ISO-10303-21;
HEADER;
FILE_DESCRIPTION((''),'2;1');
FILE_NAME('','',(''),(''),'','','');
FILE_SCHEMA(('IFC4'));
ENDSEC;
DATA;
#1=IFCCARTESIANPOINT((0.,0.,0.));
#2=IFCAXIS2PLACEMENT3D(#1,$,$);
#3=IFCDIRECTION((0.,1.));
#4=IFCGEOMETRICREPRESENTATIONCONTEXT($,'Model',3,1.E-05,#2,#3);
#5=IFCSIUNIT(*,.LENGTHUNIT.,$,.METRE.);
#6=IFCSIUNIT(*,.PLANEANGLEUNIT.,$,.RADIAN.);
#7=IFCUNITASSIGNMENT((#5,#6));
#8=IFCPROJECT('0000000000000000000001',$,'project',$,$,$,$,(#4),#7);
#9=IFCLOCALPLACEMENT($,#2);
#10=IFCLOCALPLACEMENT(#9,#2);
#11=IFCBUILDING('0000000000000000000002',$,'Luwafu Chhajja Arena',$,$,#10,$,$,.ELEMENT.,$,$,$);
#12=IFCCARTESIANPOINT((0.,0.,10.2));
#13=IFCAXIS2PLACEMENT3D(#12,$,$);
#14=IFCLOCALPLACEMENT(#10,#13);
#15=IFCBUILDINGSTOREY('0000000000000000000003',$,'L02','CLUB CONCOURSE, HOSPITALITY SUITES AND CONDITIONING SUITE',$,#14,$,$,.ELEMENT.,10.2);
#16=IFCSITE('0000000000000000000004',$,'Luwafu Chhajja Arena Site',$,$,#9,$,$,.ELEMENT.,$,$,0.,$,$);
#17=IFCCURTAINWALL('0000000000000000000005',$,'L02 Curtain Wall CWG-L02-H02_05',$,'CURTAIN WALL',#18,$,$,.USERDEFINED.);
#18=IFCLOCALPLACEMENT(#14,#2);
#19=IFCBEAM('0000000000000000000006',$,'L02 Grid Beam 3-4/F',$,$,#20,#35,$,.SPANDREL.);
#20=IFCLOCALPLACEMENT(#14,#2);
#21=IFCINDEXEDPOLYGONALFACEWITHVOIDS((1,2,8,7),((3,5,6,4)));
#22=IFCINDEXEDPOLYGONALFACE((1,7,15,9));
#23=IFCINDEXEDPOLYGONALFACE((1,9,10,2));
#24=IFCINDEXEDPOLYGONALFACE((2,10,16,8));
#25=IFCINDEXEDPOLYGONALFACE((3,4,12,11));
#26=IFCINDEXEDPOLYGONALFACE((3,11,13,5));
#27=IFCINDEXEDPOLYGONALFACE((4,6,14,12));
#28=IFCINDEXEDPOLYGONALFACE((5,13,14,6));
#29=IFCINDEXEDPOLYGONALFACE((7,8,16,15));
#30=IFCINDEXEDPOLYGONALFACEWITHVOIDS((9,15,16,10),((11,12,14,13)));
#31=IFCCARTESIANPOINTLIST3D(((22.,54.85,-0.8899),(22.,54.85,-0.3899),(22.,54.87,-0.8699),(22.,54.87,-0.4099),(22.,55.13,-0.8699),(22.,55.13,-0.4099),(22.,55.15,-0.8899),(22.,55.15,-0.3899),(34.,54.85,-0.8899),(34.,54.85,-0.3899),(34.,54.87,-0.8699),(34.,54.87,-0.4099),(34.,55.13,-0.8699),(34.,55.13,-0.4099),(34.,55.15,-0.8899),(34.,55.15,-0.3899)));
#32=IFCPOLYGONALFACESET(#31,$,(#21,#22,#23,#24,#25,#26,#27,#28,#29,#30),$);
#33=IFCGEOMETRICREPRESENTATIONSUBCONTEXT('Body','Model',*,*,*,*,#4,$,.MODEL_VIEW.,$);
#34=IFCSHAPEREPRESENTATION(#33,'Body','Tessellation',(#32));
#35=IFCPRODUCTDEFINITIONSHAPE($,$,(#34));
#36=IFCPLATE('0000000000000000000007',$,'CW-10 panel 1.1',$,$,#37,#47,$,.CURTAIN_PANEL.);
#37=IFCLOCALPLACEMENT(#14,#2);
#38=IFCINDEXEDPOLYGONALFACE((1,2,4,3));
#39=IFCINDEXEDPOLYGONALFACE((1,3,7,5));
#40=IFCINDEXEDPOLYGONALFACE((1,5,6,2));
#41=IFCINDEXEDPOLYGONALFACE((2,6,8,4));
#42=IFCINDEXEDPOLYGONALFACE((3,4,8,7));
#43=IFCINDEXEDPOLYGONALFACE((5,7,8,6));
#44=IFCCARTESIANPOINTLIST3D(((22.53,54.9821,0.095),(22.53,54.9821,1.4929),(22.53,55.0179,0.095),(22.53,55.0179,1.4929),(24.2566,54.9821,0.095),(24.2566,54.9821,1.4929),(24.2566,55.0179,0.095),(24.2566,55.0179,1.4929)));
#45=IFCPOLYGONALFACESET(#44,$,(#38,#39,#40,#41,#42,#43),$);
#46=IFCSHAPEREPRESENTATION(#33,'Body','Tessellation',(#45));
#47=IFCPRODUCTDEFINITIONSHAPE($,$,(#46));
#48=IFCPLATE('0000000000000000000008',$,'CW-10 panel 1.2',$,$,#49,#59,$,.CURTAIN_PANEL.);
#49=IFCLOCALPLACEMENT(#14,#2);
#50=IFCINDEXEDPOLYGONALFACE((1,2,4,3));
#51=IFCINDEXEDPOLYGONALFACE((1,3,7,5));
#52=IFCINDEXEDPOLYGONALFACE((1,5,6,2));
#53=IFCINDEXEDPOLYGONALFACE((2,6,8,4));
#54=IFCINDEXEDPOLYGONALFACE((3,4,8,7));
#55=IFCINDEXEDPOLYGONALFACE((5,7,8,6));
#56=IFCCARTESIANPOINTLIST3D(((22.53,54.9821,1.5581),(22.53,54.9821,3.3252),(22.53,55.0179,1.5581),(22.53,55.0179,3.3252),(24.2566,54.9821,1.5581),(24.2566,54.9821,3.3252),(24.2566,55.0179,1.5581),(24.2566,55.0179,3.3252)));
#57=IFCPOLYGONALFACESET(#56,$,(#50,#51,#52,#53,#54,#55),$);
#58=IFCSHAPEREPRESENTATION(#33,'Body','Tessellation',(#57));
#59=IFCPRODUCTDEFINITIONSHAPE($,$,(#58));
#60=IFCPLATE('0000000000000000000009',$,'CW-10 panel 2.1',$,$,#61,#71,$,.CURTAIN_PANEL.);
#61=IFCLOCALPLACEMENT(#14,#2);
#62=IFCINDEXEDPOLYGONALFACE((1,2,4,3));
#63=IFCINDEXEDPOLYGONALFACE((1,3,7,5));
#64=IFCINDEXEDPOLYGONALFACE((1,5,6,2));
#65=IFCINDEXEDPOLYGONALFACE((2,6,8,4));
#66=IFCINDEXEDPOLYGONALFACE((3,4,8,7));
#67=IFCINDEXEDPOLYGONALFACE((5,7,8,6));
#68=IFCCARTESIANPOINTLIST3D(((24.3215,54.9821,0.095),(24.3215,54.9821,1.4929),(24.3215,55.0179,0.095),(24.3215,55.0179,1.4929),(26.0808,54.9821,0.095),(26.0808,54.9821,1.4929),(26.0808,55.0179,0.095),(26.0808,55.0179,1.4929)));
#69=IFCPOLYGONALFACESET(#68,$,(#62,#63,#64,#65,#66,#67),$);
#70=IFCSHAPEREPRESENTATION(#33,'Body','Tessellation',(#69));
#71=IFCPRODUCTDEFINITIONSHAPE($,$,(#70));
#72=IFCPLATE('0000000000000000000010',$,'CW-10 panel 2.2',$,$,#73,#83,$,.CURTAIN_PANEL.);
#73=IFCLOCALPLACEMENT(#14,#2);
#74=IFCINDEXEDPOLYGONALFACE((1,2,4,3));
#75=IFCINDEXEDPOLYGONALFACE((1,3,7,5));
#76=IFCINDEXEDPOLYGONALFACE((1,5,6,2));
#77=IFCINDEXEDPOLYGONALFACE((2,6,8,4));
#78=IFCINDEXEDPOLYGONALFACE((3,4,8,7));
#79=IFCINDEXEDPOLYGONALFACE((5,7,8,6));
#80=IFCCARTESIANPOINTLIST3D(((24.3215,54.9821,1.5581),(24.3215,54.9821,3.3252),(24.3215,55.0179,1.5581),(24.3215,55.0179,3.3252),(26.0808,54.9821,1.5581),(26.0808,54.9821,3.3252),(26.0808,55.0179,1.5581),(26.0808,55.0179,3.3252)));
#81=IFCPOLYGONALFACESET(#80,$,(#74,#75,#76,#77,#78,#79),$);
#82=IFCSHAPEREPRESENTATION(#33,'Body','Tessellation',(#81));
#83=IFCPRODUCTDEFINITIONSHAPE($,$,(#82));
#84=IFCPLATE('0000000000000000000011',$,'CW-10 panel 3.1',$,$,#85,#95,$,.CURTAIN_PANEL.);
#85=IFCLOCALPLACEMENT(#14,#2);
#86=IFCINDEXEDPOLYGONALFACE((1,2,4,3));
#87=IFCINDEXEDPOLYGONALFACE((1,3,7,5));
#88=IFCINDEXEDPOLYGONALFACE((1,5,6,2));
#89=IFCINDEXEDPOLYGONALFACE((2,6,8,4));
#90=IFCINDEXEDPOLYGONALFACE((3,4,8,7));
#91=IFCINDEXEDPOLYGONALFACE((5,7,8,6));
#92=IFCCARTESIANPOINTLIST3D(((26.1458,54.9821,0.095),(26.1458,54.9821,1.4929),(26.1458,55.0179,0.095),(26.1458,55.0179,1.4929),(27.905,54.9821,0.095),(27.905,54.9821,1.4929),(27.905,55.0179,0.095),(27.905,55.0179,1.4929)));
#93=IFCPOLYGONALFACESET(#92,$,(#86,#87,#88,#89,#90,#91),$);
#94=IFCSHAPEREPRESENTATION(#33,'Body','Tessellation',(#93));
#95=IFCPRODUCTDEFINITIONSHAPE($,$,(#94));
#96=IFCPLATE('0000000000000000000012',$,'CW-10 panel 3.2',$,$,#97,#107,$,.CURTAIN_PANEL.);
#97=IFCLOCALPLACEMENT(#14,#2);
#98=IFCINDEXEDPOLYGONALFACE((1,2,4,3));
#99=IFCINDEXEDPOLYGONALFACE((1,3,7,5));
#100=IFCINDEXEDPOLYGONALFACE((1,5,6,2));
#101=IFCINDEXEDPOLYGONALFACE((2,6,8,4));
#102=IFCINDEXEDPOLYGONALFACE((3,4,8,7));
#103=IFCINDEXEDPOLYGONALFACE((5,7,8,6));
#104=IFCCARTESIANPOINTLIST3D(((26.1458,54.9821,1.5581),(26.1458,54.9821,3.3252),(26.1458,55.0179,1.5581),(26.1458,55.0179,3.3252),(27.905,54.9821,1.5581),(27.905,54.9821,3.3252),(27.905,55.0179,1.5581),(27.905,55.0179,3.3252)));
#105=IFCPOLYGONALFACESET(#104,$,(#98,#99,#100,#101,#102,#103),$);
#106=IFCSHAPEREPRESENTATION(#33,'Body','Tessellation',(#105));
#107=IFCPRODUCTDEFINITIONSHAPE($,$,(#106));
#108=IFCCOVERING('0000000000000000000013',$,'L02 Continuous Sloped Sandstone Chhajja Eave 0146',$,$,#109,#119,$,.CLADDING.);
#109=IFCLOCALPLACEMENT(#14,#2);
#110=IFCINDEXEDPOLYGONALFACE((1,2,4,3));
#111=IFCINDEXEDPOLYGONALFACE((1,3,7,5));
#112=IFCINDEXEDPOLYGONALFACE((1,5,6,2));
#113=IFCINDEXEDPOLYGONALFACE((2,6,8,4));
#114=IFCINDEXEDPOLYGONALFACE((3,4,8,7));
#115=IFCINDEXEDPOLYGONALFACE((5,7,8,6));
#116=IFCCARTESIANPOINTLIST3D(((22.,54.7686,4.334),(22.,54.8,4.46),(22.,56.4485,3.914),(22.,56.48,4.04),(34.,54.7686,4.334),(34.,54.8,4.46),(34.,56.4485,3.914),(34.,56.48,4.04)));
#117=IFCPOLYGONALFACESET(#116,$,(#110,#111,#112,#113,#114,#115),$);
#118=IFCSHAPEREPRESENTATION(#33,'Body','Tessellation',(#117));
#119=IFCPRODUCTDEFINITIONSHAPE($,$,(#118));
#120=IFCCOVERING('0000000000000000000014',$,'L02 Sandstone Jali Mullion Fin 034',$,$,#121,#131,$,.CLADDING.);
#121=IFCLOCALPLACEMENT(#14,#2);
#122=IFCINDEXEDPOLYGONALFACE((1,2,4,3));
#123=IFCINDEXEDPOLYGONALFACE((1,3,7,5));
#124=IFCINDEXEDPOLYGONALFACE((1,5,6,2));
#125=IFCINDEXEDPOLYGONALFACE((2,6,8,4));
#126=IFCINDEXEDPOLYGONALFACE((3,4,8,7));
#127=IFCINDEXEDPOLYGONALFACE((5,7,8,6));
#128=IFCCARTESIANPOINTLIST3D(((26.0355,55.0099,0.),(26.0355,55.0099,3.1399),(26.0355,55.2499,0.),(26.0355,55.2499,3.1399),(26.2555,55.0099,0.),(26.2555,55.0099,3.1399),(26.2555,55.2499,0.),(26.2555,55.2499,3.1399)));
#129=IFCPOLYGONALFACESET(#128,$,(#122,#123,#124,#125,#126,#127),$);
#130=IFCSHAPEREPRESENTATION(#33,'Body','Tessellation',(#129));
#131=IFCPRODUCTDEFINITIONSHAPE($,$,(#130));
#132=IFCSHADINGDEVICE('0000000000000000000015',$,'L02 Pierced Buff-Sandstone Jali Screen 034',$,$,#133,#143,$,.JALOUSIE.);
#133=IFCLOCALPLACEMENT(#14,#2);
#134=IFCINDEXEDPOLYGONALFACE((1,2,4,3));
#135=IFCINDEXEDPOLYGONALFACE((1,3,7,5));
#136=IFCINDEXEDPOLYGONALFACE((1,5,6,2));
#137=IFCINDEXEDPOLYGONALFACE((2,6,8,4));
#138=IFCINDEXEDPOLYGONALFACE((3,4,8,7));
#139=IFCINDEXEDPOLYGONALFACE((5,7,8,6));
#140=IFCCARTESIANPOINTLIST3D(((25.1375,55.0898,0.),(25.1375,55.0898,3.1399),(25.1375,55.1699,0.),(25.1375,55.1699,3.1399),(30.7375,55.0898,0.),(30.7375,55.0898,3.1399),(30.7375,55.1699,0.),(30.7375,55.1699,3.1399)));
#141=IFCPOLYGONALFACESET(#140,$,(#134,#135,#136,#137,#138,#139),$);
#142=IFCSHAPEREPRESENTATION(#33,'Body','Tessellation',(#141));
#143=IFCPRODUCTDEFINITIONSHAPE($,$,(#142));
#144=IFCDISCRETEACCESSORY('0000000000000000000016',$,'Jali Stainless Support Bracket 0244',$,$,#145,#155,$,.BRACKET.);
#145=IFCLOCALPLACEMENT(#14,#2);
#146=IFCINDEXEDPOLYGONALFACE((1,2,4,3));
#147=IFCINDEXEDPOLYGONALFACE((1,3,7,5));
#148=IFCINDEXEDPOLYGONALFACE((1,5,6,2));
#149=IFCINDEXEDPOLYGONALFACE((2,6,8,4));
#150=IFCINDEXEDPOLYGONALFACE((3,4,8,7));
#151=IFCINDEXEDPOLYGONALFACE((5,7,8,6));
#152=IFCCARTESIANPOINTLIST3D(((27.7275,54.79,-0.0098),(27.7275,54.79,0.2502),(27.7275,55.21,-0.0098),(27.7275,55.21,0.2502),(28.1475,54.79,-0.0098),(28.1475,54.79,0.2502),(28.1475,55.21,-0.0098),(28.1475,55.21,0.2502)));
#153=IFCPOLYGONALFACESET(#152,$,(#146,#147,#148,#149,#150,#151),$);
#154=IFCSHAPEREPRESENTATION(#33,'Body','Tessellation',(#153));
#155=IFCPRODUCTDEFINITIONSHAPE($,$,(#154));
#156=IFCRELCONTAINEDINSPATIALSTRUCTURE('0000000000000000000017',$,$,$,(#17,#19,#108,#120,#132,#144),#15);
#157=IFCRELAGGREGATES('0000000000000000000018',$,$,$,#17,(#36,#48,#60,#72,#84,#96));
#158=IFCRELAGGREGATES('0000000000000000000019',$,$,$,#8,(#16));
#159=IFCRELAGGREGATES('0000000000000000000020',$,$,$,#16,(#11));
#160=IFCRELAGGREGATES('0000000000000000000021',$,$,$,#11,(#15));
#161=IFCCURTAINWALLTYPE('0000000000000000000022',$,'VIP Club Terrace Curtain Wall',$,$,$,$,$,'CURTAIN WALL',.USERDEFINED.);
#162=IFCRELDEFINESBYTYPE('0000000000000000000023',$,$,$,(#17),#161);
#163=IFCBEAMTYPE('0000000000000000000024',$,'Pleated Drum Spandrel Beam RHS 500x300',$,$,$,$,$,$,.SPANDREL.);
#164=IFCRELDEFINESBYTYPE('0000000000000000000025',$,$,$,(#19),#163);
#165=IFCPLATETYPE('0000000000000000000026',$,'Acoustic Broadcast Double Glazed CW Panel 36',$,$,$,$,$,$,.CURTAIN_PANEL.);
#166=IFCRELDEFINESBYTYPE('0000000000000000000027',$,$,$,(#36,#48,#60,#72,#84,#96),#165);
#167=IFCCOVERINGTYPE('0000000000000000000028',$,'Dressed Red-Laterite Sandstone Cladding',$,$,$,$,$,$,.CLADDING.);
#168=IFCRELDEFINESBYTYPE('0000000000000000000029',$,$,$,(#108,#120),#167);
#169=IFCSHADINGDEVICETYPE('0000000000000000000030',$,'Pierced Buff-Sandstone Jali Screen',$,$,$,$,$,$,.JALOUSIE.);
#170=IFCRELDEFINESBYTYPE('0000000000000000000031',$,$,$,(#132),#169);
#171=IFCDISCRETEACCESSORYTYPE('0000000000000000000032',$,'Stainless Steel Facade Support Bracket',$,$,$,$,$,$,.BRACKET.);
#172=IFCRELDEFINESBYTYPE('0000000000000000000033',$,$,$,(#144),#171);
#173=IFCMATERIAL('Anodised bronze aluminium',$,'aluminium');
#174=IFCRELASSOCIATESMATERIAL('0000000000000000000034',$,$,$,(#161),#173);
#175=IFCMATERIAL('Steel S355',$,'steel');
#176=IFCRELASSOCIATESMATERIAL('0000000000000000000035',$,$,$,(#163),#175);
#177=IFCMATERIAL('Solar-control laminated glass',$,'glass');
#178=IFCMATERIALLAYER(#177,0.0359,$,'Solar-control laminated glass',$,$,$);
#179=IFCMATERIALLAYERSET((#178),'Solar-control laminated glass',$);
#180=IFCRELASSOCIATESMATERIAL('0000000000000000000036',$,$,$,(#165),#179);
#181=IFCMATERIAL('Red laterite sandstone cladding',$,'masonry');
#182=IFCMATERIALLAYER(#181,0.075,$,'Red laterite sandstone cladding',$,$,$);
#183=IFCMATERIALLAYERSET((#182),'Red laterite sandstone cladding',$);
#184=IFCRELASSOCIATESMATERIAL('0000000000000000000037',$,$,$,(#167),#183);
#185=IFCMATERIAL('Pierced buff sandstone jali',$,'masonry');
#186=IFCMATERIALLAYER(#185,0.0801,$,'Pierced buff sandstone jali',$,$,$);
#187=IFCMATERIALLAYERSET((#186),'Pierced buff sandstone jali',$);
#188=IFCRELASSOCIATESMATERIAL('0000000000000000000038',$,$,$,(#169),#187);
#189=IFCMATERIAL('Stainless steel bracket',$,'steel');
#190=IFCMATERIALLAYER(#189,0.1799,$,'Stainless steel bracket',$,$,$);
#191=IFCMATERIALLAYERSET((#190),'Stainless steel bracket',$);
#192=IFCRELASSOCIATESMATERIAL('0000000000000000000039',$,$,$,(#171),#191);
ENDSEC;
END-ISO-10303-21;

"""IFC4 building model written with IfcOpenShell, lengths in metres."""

from ifc_helpers import new_model, si_unit, direction, frame, origin, origin_2d, place, context, subcontext, project, spatial, polyline, rectangle, hollow_rectangle, outline, extrude, material, layer, layer_set, material_profile, profile_set, type_object, element, aggregate, save


model = new_model("IFC4")

# Units and contexts
model_context = context("Model", 3, precision=1e-05, world=origin(), true_north=direction((0.0, 1.0)))
body_context = subcontext(model_context, "Body", "Model", "MODEL_VIEW")
ifc_project = project(units=[si_unit("LENGTHUNIT", "METRE"), si_unit("PLANEANGLEUNIT", "RADIAN")], contexts=[model_context])

# Site, building, storey
site_placement = place(None, origin())
site = spatial("IfcSite", under=ifc_project, at=site_placement, Name="Luwafu Chhajja Arena Site", CompositionType="ELEMENT", RefElevation=0.0)
building_placement = place(site_placement, origin())
building = spatial("IfcBuilding", under=site, at=building_placement, Name="Luwafu Chhajja Arena", CompositionType="ELEMENT")
storey_placement = place(building_placement, frame((0.0, 0.0, 10.2)))
storey = spatial("IfcBuildingStorey", under=building, at=storey_placement, Name="L02", Description="CLUB CONCOURSE, HOSPITALITY SUITES AND CONDITIONING SUITE", CompositionType="ELEMENT", Elevation=10.2)

# Curtain wall
ifc_material_1 = material(Name="Anodised bronze aluminium", Category="aluminium")
curtain_wall_type = type_object("IfcCurtainWallType", Name="VIP Club Terrace Curtain Wall", ElementType="CURTAIN WALL", PredefinedType="USERDEFINED", material=ifc_material_1)
curtain_wall_placement = place(storey_placement, origin())
curtain_wall = element("IfcCurtainWall", 1, at=curtain_wall_placement, inside=storey, type_object=curtain_wall_type, Name="L02 Curtain Wall CWG-L02-H02_05", ObjectType="CURTAIN WALL", PredefinedType="USERDEFINED")

# Beam
ifc_material_2 = material(Name="Steel S355", Category="steel")
ifc_material_profile_1 = material_profile(ifc_material_2, hollow_rectangle(XDim=0.3, YDim=0.5, WallThickness=0.02, at=origin_2d()), Name="RHS 500x300x20")
ifc_profile_set_1 = profile_set([ifc_material_profile_1], Name="Steel S355")
beam_type = type_object("IfcBeamType", Name="Pleated Drum Spandrel Beam RHS 500x300", PredefinedType="SPANDREL", material=ifc_profile_set_1)
beam_placement = place(storey_placement, frame((22.0, 55.0, -0.6399), z_axis=(1.0, 0.0, 0.0), x_axis=(0.0, 1.0, 0.0)))
element("IfcBeam", 2, at=beam_placement, inside=storey, type_object=beam_type, Name="L02 Grid Beam 3-4/F", PredefinedType="SPANDREL", context=body_context, shape_type="SweptSolid", body=[
    extrude(hollow_rectangle(XDim=0.3, YDim=0.5, WallThickness=0.02, at=origin_2d()), origin(), (0.0, 0.0, 1.0), 12.0),
])

# Plates
ifc_material_3 = material(Name="Solar-control laminated glass", Category="glass")
ifc_layer_1 = layer(ifc_material_3, 0.0359, Name="Solar-control laminated glass")
ifc_layer_set_1 = layer_set([ifc_layer_1], Name="Solar-control laminated glass")
plate_type = type_object("IfcPlateType", Name="Acoustic Broadcast Double Glazed CW Panel 36", PredefinedType="CURTAIN_PANEL", material=ifc_layer_set_1)
plate_1_placement = place(storey_placement, frame((23.3933, 55.0, 0.095), z_axis=(0.0, 0.0, 1.0), x_axis=(1.0, 0.0, 0.0)))
plate_1 = element("IfcPlate", 3, at=plate_1_placement, type_object=plate_type, Name="CW-10 panel 1.1", PredefinedType="CURTAIN_PANEL", context=body_context, shape_type="SweptSolid", body=[
    extrude(rectangle(XDim=1.7266, YDim=0.0359, at=origin_2d()), origin(), (0.0, 0.0, 1.0), 1.3979),
])
plate_2_placement = place(storey_placement, frame((23.3933, 55.0, 1.5581), z_axis=(0.0, 0.0, 1.0), x_axis=(1.0, 0.0, 0.0)))
plate_2 = element("IfcPlate", 4, at=plate_2_placement, type_object=plate_type, Name="CW-10 panel 1.2", PredefinedType="CURTAIN_PANEL", context=body_context, shape_type="SweptSolid", body=[
    extrude(rectangle(XDim=1.7266, YDim=0.0359, at=origin_2d()), origin(), (0.0, 0.0, 1.0), 1.7671),
])
plate_3_placement = place(storey_placement, frame((25.2012, 55.0, 0.095), z_axis=(0.0, 0.0, 1.0), x_axis=(1.0, 0.0, 0.0)))
plate_3 = element("IfcPlate", 5, at=plate_3_placement, type_object=plate_type, Name="CW-10 panel 2.1", PredefinedType="CURTAIN_PANEL", context=body_context, shape_type="SweptSolid", body=[
    extrude(rectangle(XDim=1.7593, YDim=0.0359, at=origin_2d()), origin(), (0.0, 0.0, 1.0), 1.3979),
])
plate_4_placement = place(storey_placement, frame((25.2012, 55.0, 1.5581), z_axis=(0.0, 0.0, 1.0), x_axis=(1.0, 0.0, 0.0)))
plate_4 = element("IfcPlate", 6, at=plate_4_placement, type_object=plate_type, Name="CW-10 panel 2.2", PredefinedType="CURTAIN_PANEL", context=body_context, shape_type="SweptSolid", body=[
    extrude(rectangle(XDim=1.7593, YDim=0.0359, at=origin_2d()), origin(), (0.0, 0.0, 1.0), 1.7671),
])
plate_5_placement = place(storey_placement, frame((27.0254, 55.0, 0.095), z_axis=(0.0, 0.0, 1.0), x_axis=(1.0, 0.0, 0.0)))
plate_5 = element("IfcPlate", 7, at=plate_5_placement, type_object=plate_type, Name="CW-10 panel 3.1", PredefinedType="CURTAIN_PANEL", context=body_context, shape_type="SweptSolid", body=[
    extrude(rectangle(XDim=1.7593, YDim=0.0359, at=origin_2d()), origin(), (0.0, 0.0, 1.0), 1.3979),
])
plate_6_placement = place(storey_placement, frame((27.0254, 55.0, 1.5581), z_axis=(0.0, 0.0, 1.0), x_axis=(1.0, 0.0, 0.0)))
plate_6 = element("IfcPlate", 8, at=plate_6_placement, type_object=plate_type, Name="CW-10 panel 3.2", PredefinedType="CURTAIN_PANEL", context=body_context, shape_type="SweptSolid", body=[
    extrude(rectangle(XDim=1.7593, YDim=0.0359, at=origin_2d()), origin(), (0.0, 0.0, 1.0), 1.7671),
])
aggregate(curtain_wall, [plate_1, plate_2, plate_3, plate_4, plate_5, plate_6])

# Coverings
ifc_material_4 = material(Name="Red laterite sandstone cladding", Category="masonry")
ifc_layer_2 = layer(ifc_material_4, 0.075, Name="Red laterite sandstone cladding")
ifc_layer_set_2 = layer_set([ifc_layer_2], Name="Red laterite sandstone cladding")
covering_type = type_object("IfcCoveringType", Name="Dressed Red-Laterite Sandstone Cladding", PredefinedType="CLADDING", material=ifc_layer_set_2)
covering_1_placement = place(storey_placement, frame((22.0, 54.8, 4.46), z_axis=(0.0, 0.242502, 0.970151), x_axis=(1.0, 0.0, 0.0)))
element("IfcCovering", 9, at=covering_1_placement, inside=storey, type_object=covering_type, Name="L02 Continuous Sloped Sandstone Chhajja Eave 0146", PredefinedType="CLADDING", context=body_context, shape_type="SweptSolid", body=[
    extrude(outline(polyline([(0.0, 0.0), (12.0, 0.0), (12.0, 1.7316), (0.0, 1.7316), (0.0, 0.0)])), origin(), (0.0, 0.0, -1.0), 0.1299),
])
covering_2_placement = place(storey_placement, frame((26.1455, 55.1299, 0.0), z_axis=(0.0, 0.0, 1.0), x_axis=(1.0, 0.0, 0.0)))
element("IfcCovering", 10, at=covering_2_placement, inside=storey, type_object=covering_type, Name="L02 Sandstone Jali Mullion Fin 034", PredefinedType="CLADDING", context=body_context, shape_type="SweptSolid", body=[
    extrude(rectangle(XDim=0.22, YDim=0.24, at=origin_2d()), origin(), (0.0, 0.0, 1.0), 3.1399),
])

# Shading device
ifc_material_5 = material(Name="Pierced buff sandstone jali", Category="masonry")
ifc_layer_3 = layer(ifc_material_5, 0.0801, Name="Pierced buff sandstone jali")
ifc_layer_set_3 = layer_set([ifc_layer_3], Name="Pierced buff sandstone jali")
shading_device_type = type_object("IfcShadingDeviceType", Name="Pierced Buff-Sandstone Jali Screen", PredefinedType="JALOUSIE", material=ifc_layer_set_3)
shading_device_placement = place(storey_placement, frame((27.9375, 55.1299, 0.0), z_axis=(0.0, 0.0, 1.0), x_axis=(1.0, 0.0, 0.0)))
element("IfcShadingDevice", 11, at=shading_device_placement, inside=storey, type_object=shading_device_type, Name="L02 Pierced Buff-Sandstone Jali Screen 034", PredefinedType="JALOUSIE", context=body_context, shape_type="SweptSolid", body=[
    extrude(rectangle(XDim=5.6001, YDim=0.0801, at=origin_2d()), origin(), (0.0, 0.0, 1.0), 3.1399),
])

# Discrete accessory
ifc_material_6 = material(Name="Stainless steel bracket", Category="steel")
ifc_layer_4 = layer(ifc_material_6, 0.1799, Name="Stainless steel bracket")
ifc_layer_set_4 = layer_set([ifc_layer_4], Name="Stainless steel bracket")
discrete_accessory_type = type_object("IfcDiscreteAccessoryType", Name="Stainless Steel Facade Support Bracket", PredefinedType="BRACKET", material=ifc_layer_set_4)
discrete_accessory_placement = place(storey_placement, frame((27.9375, 55.0, -0.0098), z_axis=(0.0, 0.0, 1.0), x_axis=(1.0, 0.0, 0.0)))
element("IfcDiscreteAccessory", 12, at=discrete_accessory_placement, inside=storey, type_object=discrete_accessory_type, Name="Jali Stainless Support Bracket 0244", PredefinedType="BRACKET", context=body_context, shape_type="SweptSolid", body=[
    extrude(rectangle(XDim=0.4199, YDim=0.4199, at=origin_2d()), origin(), (0.0, 0.0, 1.0), 0.26),
])

save(model, "model.ifc")
